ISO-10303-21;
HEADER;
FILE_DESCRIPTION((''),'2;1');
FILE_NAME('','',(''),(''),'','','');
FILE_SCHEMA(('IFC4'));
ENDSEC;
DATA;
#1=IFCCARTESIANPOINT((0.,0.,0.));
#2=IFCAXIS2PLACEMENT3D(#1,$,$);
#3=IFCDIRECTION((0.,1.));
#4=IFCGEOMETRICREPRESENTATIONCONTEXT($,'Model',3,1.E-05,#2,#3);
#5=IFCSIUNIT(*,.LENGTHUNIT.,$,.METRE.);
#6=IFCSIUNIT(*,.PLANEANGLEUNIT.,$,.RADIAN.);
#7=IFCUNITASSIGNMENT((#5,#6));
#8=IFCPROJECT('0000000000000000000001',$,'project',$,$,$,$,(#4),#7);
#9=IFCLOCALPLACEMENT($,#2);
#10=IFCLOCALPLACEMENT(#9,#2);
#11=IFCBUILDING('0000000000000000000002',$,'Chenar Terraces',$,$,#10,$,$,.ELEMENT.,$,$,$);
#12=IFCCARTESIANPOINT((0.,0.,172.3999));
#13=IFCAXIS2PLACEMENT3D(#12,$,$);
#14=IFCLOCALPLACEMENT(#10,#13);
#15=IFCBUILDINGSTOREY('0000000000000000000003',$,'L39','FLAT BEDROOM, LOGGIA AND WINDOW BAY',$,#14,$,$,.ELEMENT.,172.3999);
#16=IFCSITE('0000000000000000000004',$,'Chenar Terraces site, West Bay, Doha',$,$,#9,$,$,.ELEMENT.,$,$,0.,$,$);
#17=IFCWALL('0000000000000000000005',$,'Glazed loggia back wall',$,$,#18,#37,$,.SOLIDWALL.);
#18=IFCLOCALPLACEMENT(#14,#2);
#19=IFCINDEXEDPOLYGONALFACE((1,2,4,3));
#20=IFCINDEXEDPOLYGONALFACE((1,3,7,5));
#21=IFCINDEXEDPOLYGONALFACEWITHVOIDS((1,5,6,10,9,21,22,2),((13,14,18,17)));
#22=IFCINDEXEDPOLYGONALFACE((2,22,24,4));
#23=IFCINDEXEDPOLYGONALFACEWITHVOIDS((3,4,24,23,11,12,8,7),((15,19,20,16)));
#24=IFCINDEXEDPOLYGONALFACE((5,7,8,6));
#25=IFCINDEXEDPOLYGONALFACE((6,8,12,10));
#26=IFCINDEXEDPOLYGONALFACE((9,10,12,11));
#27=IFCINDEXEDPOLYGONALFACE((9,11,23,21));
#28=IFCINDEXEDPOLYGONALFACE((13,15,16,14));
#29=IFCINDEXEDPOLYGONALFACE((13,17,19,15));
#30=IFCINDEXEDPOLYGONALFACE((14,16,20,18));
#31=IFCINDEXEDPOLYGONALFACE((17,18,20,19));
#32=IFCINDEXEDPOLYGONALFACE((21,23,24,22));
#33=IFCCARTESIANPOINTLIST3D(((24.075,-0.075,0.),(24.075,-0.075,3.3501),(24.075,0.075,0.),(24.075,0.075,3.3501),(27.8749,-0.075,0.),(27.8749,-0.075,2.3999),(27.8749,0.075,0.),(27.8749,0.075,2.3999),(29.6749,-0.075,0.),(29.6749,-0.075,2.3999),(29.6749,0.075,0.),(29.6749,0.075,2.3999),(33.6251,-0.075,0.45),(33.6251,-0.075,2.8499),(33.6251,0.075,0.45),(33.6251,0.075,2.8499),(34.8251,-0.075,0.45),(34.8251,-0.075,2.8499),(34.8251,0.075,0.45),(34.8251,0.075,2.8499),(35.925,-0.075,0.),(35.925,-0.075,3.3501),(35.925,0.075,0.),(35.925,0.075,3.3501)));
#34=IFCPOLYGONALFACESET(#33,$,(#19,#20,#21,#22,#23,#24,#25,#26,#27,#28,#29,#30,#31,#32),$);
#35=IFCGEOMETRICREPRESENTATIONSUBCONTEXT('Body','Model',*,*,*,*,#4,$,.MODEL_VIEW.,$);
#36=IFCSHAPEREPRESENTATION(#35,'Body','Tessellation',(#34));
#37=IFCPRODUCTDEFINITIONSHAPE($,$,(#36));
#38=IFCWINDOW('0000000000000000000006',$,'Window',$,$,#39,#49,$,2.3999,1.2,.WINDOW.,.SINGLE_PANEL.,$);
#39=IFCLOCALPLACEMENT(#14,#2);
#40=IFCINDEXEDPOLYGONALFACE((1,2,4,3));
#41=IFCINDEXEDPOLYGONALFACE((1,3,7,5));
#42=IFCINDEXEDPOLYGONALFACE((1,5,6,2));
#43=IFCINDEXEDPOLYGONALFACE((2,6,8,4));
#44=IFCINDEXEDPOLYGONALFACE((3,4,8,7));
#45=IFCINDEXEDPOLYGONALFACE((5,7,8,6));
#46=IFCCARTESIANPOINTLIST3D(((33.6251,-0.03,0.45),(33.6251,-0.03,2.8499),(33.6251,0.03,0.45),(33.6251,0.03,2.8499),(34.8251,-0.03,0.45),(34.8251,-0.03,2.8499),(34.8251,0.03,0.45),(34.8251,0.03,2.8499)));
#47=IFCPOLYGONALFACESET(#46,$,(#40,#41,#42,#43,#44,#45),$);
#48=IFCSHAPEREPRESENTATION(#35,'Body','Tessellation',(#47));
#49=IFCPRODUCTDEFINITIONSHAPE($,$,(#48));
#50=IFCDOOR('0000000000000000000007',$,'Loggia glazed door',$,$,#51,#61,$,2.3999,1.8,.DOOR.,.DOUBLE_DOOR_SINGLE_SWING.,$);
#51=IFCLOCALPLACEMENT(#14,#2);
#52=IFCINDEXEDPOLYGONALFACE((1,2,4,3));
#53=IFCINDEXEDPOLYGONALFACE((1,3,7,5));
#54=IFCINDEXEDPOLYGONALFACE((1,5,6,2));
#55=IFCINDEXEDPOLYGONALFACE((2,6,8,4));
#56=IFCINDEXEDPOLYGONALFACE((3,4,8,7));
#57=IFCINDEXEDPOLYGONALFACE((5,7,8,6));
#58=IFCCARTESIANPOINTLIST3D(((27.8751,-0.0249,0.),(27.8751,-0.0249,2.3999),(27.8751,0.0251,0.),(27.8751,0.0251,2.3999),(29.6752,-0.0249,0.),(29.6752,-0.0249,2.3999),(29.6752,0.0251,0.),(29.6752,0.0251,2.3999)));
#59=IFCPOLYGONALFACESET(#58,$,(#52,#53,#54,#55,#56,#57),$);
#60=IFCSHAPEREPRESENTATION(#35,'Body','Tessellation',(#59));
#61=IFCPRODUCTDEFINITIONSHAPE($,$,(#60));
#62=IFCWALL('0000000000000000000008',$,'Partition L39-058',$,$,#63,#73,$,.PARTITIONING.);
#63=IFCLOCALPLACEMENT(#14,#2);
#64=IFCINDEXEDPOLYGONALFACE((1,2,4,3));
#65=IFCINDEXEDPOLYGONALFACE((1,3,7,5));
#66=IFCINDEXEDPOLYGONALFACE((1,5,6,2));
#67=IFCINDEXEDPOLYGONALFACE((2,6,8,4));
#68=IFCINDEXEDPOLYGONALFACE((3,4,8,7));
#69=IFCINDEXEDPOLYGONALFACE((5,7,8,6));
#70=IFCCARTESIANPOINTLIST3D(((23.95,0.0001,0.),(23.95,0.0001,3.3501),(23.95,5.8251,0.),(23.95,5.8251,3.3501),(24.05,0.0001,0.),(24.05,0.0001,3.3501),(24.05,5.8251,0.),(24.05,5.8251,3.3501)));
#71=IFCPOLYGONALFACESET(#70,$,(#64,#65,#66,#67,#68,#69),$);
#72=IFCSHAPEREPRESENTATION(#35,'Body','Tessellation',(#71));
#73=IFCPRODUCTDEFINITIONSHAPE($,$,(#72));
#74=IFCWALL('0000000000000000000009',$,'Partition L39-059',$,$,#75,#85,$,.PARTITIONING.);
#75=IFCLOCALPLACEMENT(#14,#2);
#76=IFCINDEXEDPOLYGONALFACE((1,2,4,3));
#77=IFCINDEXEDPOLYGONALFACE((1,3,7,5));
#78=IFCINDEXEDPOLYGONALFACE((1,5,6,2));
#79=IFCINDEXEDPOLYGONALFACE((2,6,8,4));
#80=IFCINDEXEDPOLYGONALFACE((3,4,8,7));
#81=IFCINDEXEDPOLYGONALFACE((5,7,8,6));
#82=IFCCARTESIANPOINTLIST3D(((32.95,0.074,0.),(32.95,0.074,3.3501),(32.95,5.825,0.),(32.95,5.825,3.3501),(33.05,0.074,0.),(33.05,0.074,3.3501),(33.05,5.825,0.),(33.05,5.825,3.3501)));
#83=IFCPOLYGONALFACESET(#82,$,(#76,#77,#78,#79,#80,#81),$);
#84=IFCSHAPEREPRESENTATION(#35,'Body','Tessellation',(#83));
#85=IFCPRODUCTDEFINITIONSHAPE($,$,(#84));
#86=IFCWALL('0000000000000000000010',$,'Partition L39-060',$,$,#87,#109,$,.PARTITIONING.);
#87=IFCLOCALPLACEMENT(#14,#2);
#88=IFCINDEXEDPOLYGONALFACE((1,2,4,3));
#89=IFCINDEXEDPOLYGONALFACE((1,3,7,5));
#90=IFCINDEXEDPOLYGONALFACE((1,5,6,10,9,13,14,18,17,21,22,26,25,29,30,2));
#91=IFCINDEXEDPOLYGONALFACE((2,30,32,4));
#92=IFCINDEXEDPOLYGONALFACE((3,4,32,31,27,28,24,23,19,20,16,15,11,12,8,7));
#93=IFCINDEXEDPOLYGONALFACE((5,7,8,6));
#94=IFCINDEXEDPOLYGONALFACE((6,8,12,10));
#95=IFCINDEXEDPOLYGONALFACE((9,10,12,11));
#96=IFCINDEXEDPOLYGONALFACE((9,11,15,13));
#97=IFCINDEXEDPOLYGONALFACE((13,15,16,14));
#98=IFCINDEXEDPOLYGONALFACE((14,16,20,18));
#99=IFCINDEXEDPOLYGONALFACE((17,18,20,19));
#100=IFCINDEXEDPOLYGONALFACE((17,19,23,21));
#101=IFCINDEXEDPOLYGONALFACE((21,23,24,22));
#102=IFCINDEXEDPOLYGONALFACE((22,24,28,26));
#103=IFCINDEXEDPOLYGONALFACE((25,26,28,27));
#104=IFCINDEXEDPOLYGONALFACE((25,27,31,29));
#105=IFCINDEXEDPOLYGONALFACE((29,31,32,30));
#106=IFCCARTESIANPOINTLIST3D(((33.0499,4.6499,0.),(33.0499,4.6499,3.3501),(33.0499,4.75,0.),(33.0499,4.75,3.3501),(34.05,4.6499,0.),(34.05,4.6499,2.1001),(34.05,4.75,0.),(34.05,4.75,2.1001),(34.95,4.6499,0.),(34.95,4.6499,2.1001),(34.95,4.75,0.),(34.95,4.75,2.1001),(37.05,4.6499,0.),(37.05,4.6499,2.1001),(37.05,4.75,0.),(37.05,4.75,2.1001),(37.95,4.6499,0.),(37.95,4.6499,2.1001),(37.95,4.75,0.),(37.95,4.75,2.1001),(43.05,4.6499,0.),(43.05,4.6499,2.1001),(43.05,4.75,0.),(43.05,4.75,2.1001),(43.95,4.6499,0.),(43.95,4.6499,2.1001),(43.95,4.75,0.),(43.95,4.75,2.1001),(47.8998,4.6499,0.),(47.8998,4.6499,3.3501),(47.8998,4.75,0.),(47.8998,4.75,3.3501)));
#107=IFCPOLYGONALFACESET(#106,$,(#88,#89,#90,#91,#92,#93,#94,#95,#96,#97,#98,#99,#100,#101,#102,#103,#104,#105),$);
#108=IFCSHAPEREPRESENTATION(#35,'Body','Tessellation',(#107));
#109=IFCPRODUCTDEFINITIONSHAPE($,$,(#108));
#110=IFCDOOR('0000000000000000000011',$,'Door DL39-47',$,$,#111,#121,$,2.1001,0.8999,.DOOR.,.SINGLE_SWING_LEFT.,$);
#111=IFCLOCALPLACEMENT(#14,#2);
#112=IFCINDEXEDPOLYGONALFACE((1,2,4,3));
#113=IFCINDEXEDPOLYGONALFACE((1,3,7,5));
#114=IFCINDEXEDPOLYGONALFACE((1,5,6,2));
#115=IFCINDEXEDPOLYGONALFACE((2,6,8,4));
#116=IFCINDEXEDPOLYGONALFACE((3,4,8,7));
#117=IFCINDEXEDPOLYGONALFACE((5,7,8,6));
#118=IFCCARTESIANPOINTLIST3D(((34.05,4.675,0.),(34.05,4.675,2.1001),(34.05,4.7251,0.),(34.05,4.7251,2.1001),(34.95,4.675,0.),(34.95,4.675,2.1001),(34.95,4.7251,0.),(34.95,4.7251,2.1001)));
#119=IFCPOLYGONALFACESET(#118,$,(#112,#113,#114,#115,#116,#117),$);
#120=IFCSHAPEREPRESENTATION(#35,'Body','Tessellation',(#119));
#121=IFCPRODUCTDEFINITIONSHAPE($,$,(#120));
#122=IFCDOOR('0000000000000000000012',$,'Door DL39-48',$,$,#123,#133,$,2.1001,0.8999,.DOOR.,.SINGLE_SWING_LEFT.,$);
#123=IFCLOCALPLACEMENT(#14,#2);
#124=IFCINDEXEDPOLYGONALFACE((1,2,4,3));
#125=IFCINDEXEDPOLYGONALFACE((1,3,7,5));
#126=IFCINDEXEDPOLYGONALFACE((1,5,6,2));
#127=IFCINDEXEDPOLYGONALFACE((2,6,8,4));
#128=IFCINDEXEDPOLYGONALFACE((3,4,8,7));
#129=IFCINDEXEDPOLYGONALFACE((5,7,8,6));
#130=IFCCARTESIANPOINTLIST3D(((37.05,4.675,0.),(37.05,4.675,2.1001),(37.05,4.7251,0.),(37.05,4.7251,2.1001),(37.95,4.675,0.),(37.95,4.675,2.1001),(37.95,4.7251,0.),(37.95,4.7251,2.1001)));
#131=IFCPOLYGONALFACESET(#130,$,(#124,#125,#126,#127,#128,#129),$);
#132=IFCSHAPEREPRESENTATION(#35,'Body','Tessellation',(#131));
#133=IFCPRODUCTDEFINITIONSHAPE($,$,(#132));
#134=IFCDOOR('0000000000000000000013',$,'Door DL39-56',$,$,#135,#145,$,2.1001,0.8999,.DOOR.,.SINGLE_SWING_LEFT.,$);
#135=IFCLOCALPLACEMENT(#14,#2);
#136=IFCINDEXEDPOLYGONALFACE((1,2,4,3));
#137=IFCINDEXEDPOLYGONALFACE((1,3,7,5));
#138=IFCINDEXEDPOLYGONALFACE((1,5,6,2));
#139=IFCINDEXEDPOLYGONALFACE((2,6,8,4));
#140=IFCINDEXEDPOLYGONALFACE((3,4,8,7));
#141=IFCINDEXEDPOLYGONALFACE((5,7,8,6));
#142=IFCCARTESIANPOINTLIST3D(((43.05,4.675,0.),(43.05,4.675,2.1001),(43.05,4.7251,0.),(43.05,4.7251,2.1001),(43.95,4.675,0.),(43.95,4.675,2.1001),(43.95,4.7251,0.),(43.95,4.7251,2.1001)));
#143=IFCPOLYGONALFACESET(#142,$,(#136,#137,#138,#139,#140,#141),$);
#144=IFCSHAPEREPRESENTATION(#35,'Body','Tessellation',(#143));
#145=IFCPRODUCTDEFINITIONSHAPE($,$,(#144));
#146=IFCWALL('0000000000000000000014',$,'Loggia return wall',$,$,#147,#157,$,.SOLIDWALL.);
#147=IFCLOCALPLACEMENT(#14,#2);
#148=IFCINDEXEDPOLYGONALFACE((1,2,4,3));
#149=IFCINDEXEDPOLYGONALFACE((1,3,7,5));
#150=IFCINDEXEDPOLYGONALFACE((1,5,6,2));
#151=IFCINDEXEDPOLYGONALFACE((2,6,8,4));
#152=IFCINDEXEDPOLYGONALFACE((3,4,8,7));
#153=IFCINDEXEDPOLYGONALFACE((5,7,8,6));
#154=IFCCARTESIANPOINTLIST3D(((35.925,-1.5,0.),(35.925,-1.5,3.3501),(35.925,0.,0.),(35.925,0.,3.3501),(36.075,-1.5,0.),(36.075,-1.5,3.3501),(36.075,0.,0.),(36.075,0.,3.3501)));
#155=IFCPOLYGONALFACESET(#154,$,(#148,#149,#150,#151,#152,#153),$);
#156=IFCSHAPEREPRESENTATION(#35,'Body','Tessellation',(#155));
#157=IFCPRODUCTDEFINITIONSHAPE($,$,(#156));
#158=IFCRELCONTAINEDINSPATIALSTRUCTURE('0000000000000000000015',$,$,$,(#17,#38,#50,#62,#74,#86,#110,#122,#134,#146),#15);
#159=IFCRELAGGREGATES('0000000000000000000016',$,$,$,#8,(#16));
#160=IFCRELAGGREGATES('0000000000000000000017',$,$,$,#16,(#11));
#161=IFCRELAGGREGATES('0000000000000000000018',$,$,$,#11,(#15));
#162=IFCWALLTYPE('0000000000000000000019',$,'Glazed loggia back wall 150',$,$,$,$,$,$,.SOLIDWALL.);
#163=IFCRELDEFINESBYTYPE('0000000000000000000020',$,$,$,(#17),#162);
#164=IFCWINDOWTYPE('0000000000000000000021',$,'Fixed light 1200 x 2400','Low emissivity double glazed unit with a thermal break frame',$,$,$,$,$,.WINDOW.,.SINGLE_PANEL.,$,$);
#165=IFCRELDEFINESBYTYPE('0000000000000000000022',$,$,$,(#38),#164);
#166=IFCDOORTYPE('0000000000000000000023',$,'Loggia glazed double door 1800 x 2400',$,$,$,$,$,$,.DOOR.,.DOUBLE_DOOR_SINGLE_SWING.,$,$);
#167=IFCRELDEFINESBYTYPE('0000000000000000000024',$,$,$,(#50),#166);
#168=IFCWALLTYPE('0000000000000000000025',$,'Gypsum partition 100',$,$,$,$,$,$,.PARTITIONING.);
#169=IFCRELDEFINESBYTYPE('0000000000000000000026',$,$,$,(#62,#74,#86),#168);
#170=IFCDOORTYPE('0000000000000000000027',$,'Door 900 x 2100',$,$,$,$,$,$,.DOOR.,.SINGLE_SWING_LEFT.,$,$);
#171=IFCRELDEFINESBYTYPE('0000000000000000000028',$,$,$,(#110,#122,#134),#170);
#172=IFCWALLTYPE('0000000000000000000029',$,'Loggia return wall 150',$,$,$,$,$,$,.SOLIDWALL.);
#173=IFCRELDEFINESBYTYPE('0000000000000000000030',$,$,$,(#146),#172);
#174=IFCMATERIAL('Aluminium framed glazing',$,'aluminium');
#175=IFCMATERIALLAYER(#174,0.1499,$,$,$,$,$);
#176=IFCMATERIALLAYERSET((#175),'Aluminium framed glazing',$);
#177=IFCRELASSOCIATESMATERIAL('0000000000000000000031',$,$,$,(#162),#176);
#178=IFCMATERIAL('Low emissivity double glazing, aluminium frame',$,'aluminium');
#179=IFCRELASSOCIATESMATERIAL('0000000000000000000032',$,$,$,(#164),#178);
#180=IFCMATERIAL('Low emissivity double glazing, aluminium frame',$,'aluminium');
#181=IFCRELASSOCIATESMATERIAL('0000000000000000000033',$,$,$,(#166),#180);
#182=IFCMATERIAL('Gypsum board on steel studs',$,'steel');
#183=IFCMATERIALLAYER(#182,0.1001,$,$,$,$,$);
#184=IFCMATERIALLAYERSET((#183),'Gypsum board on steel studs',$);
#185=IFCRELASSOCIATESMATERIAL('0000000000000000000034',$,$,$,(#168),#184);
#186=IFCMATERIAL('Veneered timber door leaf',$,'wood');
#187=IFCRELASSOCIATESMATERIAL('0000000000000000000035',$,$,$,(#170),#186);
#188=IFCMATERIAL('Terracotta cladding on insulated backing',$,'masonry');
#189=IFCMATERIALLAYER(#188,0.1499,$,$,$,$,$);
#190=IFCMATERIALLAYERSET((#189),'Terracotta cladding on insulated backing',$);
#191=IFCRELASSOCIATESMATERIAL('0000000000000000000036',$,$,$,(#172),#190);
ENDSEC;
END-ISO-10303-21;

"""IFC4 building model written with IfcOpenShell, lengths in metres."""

from ifc_helpers import new_model, si_unit, direction, frame, frame_2d, origin, place, context, subcontext, project, spatial, rectangle, extrude, material, layer, layer_set, type_object, element, fill, save


model = new_model("IFC4")

# Units and contexts
model_context = context("Model", 3, precision=1e-05, world=origin(), true_north=direction((0.0, 1.0)))
body_context = subcontext(model_context, "Body", "Model", "MODEL_VIEW")
ifc_project = project(units=[si_unit("LENGTHUNIT", "METRE"), si_unit("PLANEANGLEUNIT", "RADIAN")], contexts=[model_context])

# Site, building, storey
site_placement = place(None, origin())
site = spatial("IfcSite", under=ifc_project, at=site_placement, Name="Chenar Terraces site, West Bay, Doha", CompositionType="ELEMENT", RefElevation=0.0)
building_placement = place(site_placement, origin())
building = spatial("IfcBuilding", under=site, at=building_placement, Name="Chenar Terraces", CompositionType="ELEMENT")
storey_placement = place(building_placement, frame((0.0, 0.0, 172.3999)))
storey = spatial("IfcBuildingStorey", under=building, at=storey_placement, Name="L39", Description="FLAT BEDROOM, LOGGIA AND WINDOW BAY", CompositionType="ELEMENT", Elevation=172.3999)

# Wall, openings, window, door
ifc_material_1 = material(Name="Aluminium framed glazing", Category="aluminium")
ifc_layer_1 = layer(ifc_material_1, 0.1499)
ifc_layer_set_1 = layer_set([ifc_layer_1], Name="Aluminium framed glazing")
wall_type_1 = type_object("IfcWallType", Name="Glazed loggia back wall 150", PredefinedType="SOLIDWALL", material=ifc_layer_set_1)
wall_1_placement = place(storey_placement, frame((24.075, 0.0, 0.0), z_axis=(0.0, 0.0, 1.0), x_axis=(1.0, 0.0, 0.0)))
wall_1 = element("IfcWall", 1, at=wall_1_placement, inside=storey, type_object=wall_type_1, Name="Glazed loggia back wall", PredefinedType="SOLIDWALL", context=body_context, shape_type="SweptSolid", body=[
    extrude(rectangle(XDim=11.8501, YDim=0.1499, at=frame_2d((5.925, 0.0))), origin(), (0.0, 0.0, 1.0), 3.3501),
])
opening_1_placement = place(wall_1_placement, frame((3.8, 0.0, 0.0)))
opening_1 = element("IfcOpeningElement", 2, at=opening_1_placement, cuts=wall_1, PredefinedType="OPENING", context=body_context, shape_type="SweptSolid", body=[
    extrude(rectangle(XDim=1.8, YDim=2.3999, at=frame_2d((0.8999, 1.2))), frame((0.0, 0.085, 0.0), z_axis=(0.0, -1.0, 0.0), x_axis=(1.0, 0.0, 0.0)), (0.0, 0.0, 1.0), 0.1699),
])
opening_2_placement = place(wall_1_placement, frame((9.55, 0.0, 0.45)))
opening_2 = element("IfcOpeningElement", 3, at=opening_2_placement, cuts=wall_1, PredefinedType="OPENING", context=body_context, shape_type="SweptSolid", body=[
    extrude(rectangle(XDim=1.2, YDim=2.3999, at=frame_2d((0.6001, 1.2))), frame((0.0, 0.085, 0.0), z_axis=(0.0, -1.0, 0.0), x_axis=(1.0, 0.0, 0.0)), (0.0, 0.0, 1.0), 0.1699),
])
ifc_material_2 = material(Name="Low emissivity double glazing, aluminium frame", Category="aluminium")
window_type = type_object("IfcWindowType", Name="Fixed light 1200 x 2400", Description="Low emissivity double glazed unit with a thermal break frame", PartitioningType="SINGLE_PANEL", PredefinedType="WINDOW", material=ifc_material_2)
window_placement = place(opening_2_placement, origin())
window = element("IfcWindow", 4, at=window_placement, inside=storey, type_object=window_type, Name="Window", OverallHeight=2.3999, OverallWidth=1.2, PartitioningType="SINGLE_PANEL", PredefinedType="WINDOW", context=body_context, shape_type="SweptSolid", body=[
    extrude(rectangle(XDim=1.2, YDim=2.3999, at=frame_2d((0.6001, 1.2))), frame((0.0, 0.03, 0.0), z_axis=(0.0, -1.0, 0.0), x_axis=(1.0, 0.0, 0.0)), (0.0, 0.0, 1.0), 0.0601),
])
fill(opening_2, window)
ifc_material_3 = material(Name="Low emissivity double glazing, aluminium frame", Category="aluminium")
door_type_1 = type_object("IfcDoorType", Name="Loggia glazed double door 1800 x 2400", OperationType="DOUBLE_DOOR_SINGLE_SWING", PredefinedType="DOOR", material=ifc_material_3)
door_1_placement = place(opening_1_placement, frame((1.8, 0.0, 0.0), z_axis=(0.0, 0.0, 1.0), x_axis=(-1.0, 0.0, 0.0)))
door_1 = element("IfcDoor", 5, at=door_1_placement, inside=storey, type_object=door_type_1, Name="Loggia glazed door", OperationType="DOUBLE_DOOR_SINGLE_SWING", OverallHeight=2.3999, OverallWidth=1.8, PredefinedType="DOOR", context=body_context, shape_type="SweptSolid", body=[
    extrude(rectangle(XDim=1.8, YDim=2.3999, at=frame_2d((0.8999, 1.2))), frame((0.0, 0.0249, 0.0), z_axis=(0.0, -1.0, 0.0), x_axis=(1.0, 0.0, 0.0)), (0.0, 0.0, 1.0), 0.05),
])
fill(opening_1, door_1)

# Walls
ifc_material_4 = material(Name="Gypsum board on steel studs", Category="steel")
ifc_layer_2 = layer(ifc_material_4, 0.1001)
ifc_layer_set_2 = layer_set([ifc_layer_2], Name="Gypsum board on steel studs")
wall_type_2 = type_object("IfcWallType", Name="Gypsum partition 100", PredefinedType="PARTITIONING", material=ifc_layer_set_2)
wall_2_placement = place(storey_placement, frame((24.0, 0.0, 0.0), z_axis=(0.0, 0.0, 1.0), x_axis=(0.0, 1.0, 0.0)))
element("IfcWall", 6, at=wall_2_placement, inside=storey, type_object=wall_type_2, Name="Partition L39-058", PredefinedType="PARTITIONING", context=body_context, shape_type="SweptSolid", body=[
    extrude(rectangle(XDim=5.825, YDim=0.1001, at=frame_2d((2.9126, 0.0))), origin(), (0.0, 0.0, 1.0), 3.3501),
])
wall_3_placement = place(storey_placement, frame((33.0, 0.074, 0.0), z_axis=(0.0, 0.0, 1.0), x_axis=(0.0, 1.0, 0.0)))
element("IfcWall", 7, at=wall_3_placement, inside=storey, type_object=wall_type_2, Name="Partition L39-059", PredefinedType="PARTITIONING", context=body_context, shape_type="SweptSolid", body=[
    extrude(rectangle(XDim=5.751, YDim=0.1001, at=frame_2d((2.8755, 0.0))), origin(), (0.0, 0.0, 1.0), 3.3501),
])

# Wall, openings, doors
wall_4_placement = place(storey_placement, frame((33.05, 4.7, 0.0), z_axis=(0.0, 0.0, 1.0), x_axis=(1.0, 0.0, 0.0)))
wall_4 = element("IfcWall", 8, at=wall_4_placement, inside=storey, type_object=wall_type_2, Name="Partition L39-060", PredefinedType="PARTITIONING", context=body_context, shape_type="SweptSolid", body=[
    extrude(rectangle(XDim=14.8499, YDim=0.1001, at=frame_2d((7.4248, 0.0))), origin(), (0.0, 0.0, 1.0), 3.3501),
])
opening_3_placement = place(wall_4_placement, frame((1.0, 0.0, 0.0)))
opening_3 = element("IfcOpeningElement", 9, at=opening_3_placement, cuts=wall_4, PredefinedType="OPENING", context=body_context, shape_type="SweptSolid", body=[
    extrude(rectangle(XDim=0.8999, YDim=2.1001, at=frame_2d((0.45, 1.05))), frame((0.0, 0.0601, 0.0), z_axis=(0.0, -1.0, 0.0), x_axis=(1.0, 0.0, 0.0)), (0.0, 0.0, 1.0), 0.1201),
])
opening_4_placement = place(wall_4_placement, frame((4.0, 0.0, 0.0)))
opening_4 = element("IfcOpeningElement", 10, at=opening_4_placement, cuts=wall_4, PredefinedType="OPENING", context=body_context, shape_type="SweptSolid", body=[
    extrude(rectangle(XDim=0.8999, YDim=2.1001, at=frame_2d((0.45, 1.05))), frame((0.0, 0.0601, 0.0), z_axis=(0.0, -1.0, 0.0), x_axis=(1.0, 0.0, 0.0)), (0.0, 0.0, 1.0), 0.1201),
])
opening_5_placement = place(wall_4_placement, frame((10.0, 0.0, 0.0)))
opening_5 = element("IfcOpeningElement", 11, at=opening_5_placement, cuts=wall_4, PredefinedType="OPENING", context=body_context, shape_type="SweptSolid", body=[
    extrude(rectangle(XDim=0.8999, YDim=2.1001, at=frame_2d((0.45, 1.05))), frame((0.0, 0.0601, 0.0), z_axis=(0.0, -1.0, 0.0), x_axis=(1.0, 0.0, 0.0)), (0.0, 0.0, 1.0), 0.1201),
])
ifc_material_5 = material(Name="Veneered timber door leaf", Category="wood")
door_type_2 = type_object("IfcDoorType", Name="Door 900 x 2100", OperationType="SINGLE_SWING_LEFT", PredefinedType="DOOR", material=ifc_material_5)
door_2_placement = place(opening_3_placement, frame((0.8999, 0.0, 0.0), z_axis=(0.0, 0.0, 1.0), x_axis=(-1.0, 0.0, 0.0)))
door_2 = element("IfcDoor", 12, at=door_2_placement, inside=storey, type_object=door_type_2, Name="Door DL39-47", OperationType="SINGLE_SWING_LEFT", OverallHeight=2.1001, OverallWidth=0.8999, PredefinedType="DOOR", context=body_context, shape_type="SweptSolid", body=[
    extrude(rectangle(XDim=0.8999, YDim=2.1001, at=frame_2d((0.45, 1.05))), frame((0.0, 0.0249, 0.0), z_axis=(0.0, -1.0, 0.0), x_axis=(1.0, 0.0, 0.0)), (0.0, 0.0, 1.0), 0.05),
])
fill(opening_3, door_2)
door_3_placement = place(opening_4_placement, frame((0.8999, 0.0, 0.0), z_axis=(0.0, 0.0, 1.0), x_axis=(-1.0, 0.0, 0.0)))
door_3 = element("IfcDoor", 13, at=door_3_placement, inside=storey, type_object=door_type_2, Name="Door DL39-48", OperationType="SINGLE_SWING_LEFT", OverallHeight=2.1001, OverallWidth=0.8999, PredefinedType="DOOR", context=body_context, shape_type="SweptSolid", body=[
    extrude(rectangle(XDim=0.8999, YDim=2.1001, at=frame_2d((0.45, 1.05))), frame((0.0, 0.0249, 0.0), z_axis=(0.0, -1.0, 0.0), x_axis=(1.0, 0.0, 0.0)), (0.0, 0.0, 1.0), 0.05),
])
fill(opening_4, door_3)
door_4_placement = place(opening_5_placement, frame((0.8999, 0.0, 0.0), z_axis=(0.0, 0.0, 1.0), x_axis=(-1.0, 0.0, 0.0)))
door_4 = element("IfcDoor", 14, at=door_4_placement, inside=storey, type_object=door_type_2, Name="Door DL39-56", OperationType="SINGLE_SWING_LEFT", OverallHeight=2.1001, OverallWidth=0.8999, PredefinedType="DOOR", context=body_context, shape_type="SweptSolid", body=[
    extrude(rectangle(XDim=0.8999, YDim=2.1001, at=frame_2d((0.45, 1.05))), frame((0.0, 0.0249, 0.0), z_axis=(0.0, -1.0, 0.0), x_axis=(1.0, 0.0, 0.0)), (0.0, 0.0, 1.0), 0.05),
])
fill(opening_5, door_4)

# Wall
ifc_material_6 = material(Name="Terracotta cladding on insulated backing", Category="masonry")
ifc_layer_3 = layer(ifc_material_6, 0.1499)
ifc_layer_set_3 = layer_set([ifc_layer_3], Name="Terracotta cladding on insulated backing")
wall_type_3 = type_object("IfcWallType", Name="Loggia return wall 150", PredefinedType="SOLIDWALL", material=ifc_layer_set_3)
wall_5_placement = place(storey_placement, frame((36.0, -1.5, 0.0), z_axis=(0.0, 0.0, 1.0), x_axis=(0.0, 1.0, 0.0)))
element("IfcWall", 15, at=wall_5_placement, inside=storey, type_object=wall_type_3, Name="Loggia return wall", PredefinedType="SOLIDWALL", context=body_context, shape_type="SweptSolid", body=[
    extrude(rectangle(XDim=1.5, YDim=0.1499, at=frame_2d((0.75, 0.0))), origin(), (0.0, 0.0, 1.0), 3.3501),
])

save(model, "model.ifc")
